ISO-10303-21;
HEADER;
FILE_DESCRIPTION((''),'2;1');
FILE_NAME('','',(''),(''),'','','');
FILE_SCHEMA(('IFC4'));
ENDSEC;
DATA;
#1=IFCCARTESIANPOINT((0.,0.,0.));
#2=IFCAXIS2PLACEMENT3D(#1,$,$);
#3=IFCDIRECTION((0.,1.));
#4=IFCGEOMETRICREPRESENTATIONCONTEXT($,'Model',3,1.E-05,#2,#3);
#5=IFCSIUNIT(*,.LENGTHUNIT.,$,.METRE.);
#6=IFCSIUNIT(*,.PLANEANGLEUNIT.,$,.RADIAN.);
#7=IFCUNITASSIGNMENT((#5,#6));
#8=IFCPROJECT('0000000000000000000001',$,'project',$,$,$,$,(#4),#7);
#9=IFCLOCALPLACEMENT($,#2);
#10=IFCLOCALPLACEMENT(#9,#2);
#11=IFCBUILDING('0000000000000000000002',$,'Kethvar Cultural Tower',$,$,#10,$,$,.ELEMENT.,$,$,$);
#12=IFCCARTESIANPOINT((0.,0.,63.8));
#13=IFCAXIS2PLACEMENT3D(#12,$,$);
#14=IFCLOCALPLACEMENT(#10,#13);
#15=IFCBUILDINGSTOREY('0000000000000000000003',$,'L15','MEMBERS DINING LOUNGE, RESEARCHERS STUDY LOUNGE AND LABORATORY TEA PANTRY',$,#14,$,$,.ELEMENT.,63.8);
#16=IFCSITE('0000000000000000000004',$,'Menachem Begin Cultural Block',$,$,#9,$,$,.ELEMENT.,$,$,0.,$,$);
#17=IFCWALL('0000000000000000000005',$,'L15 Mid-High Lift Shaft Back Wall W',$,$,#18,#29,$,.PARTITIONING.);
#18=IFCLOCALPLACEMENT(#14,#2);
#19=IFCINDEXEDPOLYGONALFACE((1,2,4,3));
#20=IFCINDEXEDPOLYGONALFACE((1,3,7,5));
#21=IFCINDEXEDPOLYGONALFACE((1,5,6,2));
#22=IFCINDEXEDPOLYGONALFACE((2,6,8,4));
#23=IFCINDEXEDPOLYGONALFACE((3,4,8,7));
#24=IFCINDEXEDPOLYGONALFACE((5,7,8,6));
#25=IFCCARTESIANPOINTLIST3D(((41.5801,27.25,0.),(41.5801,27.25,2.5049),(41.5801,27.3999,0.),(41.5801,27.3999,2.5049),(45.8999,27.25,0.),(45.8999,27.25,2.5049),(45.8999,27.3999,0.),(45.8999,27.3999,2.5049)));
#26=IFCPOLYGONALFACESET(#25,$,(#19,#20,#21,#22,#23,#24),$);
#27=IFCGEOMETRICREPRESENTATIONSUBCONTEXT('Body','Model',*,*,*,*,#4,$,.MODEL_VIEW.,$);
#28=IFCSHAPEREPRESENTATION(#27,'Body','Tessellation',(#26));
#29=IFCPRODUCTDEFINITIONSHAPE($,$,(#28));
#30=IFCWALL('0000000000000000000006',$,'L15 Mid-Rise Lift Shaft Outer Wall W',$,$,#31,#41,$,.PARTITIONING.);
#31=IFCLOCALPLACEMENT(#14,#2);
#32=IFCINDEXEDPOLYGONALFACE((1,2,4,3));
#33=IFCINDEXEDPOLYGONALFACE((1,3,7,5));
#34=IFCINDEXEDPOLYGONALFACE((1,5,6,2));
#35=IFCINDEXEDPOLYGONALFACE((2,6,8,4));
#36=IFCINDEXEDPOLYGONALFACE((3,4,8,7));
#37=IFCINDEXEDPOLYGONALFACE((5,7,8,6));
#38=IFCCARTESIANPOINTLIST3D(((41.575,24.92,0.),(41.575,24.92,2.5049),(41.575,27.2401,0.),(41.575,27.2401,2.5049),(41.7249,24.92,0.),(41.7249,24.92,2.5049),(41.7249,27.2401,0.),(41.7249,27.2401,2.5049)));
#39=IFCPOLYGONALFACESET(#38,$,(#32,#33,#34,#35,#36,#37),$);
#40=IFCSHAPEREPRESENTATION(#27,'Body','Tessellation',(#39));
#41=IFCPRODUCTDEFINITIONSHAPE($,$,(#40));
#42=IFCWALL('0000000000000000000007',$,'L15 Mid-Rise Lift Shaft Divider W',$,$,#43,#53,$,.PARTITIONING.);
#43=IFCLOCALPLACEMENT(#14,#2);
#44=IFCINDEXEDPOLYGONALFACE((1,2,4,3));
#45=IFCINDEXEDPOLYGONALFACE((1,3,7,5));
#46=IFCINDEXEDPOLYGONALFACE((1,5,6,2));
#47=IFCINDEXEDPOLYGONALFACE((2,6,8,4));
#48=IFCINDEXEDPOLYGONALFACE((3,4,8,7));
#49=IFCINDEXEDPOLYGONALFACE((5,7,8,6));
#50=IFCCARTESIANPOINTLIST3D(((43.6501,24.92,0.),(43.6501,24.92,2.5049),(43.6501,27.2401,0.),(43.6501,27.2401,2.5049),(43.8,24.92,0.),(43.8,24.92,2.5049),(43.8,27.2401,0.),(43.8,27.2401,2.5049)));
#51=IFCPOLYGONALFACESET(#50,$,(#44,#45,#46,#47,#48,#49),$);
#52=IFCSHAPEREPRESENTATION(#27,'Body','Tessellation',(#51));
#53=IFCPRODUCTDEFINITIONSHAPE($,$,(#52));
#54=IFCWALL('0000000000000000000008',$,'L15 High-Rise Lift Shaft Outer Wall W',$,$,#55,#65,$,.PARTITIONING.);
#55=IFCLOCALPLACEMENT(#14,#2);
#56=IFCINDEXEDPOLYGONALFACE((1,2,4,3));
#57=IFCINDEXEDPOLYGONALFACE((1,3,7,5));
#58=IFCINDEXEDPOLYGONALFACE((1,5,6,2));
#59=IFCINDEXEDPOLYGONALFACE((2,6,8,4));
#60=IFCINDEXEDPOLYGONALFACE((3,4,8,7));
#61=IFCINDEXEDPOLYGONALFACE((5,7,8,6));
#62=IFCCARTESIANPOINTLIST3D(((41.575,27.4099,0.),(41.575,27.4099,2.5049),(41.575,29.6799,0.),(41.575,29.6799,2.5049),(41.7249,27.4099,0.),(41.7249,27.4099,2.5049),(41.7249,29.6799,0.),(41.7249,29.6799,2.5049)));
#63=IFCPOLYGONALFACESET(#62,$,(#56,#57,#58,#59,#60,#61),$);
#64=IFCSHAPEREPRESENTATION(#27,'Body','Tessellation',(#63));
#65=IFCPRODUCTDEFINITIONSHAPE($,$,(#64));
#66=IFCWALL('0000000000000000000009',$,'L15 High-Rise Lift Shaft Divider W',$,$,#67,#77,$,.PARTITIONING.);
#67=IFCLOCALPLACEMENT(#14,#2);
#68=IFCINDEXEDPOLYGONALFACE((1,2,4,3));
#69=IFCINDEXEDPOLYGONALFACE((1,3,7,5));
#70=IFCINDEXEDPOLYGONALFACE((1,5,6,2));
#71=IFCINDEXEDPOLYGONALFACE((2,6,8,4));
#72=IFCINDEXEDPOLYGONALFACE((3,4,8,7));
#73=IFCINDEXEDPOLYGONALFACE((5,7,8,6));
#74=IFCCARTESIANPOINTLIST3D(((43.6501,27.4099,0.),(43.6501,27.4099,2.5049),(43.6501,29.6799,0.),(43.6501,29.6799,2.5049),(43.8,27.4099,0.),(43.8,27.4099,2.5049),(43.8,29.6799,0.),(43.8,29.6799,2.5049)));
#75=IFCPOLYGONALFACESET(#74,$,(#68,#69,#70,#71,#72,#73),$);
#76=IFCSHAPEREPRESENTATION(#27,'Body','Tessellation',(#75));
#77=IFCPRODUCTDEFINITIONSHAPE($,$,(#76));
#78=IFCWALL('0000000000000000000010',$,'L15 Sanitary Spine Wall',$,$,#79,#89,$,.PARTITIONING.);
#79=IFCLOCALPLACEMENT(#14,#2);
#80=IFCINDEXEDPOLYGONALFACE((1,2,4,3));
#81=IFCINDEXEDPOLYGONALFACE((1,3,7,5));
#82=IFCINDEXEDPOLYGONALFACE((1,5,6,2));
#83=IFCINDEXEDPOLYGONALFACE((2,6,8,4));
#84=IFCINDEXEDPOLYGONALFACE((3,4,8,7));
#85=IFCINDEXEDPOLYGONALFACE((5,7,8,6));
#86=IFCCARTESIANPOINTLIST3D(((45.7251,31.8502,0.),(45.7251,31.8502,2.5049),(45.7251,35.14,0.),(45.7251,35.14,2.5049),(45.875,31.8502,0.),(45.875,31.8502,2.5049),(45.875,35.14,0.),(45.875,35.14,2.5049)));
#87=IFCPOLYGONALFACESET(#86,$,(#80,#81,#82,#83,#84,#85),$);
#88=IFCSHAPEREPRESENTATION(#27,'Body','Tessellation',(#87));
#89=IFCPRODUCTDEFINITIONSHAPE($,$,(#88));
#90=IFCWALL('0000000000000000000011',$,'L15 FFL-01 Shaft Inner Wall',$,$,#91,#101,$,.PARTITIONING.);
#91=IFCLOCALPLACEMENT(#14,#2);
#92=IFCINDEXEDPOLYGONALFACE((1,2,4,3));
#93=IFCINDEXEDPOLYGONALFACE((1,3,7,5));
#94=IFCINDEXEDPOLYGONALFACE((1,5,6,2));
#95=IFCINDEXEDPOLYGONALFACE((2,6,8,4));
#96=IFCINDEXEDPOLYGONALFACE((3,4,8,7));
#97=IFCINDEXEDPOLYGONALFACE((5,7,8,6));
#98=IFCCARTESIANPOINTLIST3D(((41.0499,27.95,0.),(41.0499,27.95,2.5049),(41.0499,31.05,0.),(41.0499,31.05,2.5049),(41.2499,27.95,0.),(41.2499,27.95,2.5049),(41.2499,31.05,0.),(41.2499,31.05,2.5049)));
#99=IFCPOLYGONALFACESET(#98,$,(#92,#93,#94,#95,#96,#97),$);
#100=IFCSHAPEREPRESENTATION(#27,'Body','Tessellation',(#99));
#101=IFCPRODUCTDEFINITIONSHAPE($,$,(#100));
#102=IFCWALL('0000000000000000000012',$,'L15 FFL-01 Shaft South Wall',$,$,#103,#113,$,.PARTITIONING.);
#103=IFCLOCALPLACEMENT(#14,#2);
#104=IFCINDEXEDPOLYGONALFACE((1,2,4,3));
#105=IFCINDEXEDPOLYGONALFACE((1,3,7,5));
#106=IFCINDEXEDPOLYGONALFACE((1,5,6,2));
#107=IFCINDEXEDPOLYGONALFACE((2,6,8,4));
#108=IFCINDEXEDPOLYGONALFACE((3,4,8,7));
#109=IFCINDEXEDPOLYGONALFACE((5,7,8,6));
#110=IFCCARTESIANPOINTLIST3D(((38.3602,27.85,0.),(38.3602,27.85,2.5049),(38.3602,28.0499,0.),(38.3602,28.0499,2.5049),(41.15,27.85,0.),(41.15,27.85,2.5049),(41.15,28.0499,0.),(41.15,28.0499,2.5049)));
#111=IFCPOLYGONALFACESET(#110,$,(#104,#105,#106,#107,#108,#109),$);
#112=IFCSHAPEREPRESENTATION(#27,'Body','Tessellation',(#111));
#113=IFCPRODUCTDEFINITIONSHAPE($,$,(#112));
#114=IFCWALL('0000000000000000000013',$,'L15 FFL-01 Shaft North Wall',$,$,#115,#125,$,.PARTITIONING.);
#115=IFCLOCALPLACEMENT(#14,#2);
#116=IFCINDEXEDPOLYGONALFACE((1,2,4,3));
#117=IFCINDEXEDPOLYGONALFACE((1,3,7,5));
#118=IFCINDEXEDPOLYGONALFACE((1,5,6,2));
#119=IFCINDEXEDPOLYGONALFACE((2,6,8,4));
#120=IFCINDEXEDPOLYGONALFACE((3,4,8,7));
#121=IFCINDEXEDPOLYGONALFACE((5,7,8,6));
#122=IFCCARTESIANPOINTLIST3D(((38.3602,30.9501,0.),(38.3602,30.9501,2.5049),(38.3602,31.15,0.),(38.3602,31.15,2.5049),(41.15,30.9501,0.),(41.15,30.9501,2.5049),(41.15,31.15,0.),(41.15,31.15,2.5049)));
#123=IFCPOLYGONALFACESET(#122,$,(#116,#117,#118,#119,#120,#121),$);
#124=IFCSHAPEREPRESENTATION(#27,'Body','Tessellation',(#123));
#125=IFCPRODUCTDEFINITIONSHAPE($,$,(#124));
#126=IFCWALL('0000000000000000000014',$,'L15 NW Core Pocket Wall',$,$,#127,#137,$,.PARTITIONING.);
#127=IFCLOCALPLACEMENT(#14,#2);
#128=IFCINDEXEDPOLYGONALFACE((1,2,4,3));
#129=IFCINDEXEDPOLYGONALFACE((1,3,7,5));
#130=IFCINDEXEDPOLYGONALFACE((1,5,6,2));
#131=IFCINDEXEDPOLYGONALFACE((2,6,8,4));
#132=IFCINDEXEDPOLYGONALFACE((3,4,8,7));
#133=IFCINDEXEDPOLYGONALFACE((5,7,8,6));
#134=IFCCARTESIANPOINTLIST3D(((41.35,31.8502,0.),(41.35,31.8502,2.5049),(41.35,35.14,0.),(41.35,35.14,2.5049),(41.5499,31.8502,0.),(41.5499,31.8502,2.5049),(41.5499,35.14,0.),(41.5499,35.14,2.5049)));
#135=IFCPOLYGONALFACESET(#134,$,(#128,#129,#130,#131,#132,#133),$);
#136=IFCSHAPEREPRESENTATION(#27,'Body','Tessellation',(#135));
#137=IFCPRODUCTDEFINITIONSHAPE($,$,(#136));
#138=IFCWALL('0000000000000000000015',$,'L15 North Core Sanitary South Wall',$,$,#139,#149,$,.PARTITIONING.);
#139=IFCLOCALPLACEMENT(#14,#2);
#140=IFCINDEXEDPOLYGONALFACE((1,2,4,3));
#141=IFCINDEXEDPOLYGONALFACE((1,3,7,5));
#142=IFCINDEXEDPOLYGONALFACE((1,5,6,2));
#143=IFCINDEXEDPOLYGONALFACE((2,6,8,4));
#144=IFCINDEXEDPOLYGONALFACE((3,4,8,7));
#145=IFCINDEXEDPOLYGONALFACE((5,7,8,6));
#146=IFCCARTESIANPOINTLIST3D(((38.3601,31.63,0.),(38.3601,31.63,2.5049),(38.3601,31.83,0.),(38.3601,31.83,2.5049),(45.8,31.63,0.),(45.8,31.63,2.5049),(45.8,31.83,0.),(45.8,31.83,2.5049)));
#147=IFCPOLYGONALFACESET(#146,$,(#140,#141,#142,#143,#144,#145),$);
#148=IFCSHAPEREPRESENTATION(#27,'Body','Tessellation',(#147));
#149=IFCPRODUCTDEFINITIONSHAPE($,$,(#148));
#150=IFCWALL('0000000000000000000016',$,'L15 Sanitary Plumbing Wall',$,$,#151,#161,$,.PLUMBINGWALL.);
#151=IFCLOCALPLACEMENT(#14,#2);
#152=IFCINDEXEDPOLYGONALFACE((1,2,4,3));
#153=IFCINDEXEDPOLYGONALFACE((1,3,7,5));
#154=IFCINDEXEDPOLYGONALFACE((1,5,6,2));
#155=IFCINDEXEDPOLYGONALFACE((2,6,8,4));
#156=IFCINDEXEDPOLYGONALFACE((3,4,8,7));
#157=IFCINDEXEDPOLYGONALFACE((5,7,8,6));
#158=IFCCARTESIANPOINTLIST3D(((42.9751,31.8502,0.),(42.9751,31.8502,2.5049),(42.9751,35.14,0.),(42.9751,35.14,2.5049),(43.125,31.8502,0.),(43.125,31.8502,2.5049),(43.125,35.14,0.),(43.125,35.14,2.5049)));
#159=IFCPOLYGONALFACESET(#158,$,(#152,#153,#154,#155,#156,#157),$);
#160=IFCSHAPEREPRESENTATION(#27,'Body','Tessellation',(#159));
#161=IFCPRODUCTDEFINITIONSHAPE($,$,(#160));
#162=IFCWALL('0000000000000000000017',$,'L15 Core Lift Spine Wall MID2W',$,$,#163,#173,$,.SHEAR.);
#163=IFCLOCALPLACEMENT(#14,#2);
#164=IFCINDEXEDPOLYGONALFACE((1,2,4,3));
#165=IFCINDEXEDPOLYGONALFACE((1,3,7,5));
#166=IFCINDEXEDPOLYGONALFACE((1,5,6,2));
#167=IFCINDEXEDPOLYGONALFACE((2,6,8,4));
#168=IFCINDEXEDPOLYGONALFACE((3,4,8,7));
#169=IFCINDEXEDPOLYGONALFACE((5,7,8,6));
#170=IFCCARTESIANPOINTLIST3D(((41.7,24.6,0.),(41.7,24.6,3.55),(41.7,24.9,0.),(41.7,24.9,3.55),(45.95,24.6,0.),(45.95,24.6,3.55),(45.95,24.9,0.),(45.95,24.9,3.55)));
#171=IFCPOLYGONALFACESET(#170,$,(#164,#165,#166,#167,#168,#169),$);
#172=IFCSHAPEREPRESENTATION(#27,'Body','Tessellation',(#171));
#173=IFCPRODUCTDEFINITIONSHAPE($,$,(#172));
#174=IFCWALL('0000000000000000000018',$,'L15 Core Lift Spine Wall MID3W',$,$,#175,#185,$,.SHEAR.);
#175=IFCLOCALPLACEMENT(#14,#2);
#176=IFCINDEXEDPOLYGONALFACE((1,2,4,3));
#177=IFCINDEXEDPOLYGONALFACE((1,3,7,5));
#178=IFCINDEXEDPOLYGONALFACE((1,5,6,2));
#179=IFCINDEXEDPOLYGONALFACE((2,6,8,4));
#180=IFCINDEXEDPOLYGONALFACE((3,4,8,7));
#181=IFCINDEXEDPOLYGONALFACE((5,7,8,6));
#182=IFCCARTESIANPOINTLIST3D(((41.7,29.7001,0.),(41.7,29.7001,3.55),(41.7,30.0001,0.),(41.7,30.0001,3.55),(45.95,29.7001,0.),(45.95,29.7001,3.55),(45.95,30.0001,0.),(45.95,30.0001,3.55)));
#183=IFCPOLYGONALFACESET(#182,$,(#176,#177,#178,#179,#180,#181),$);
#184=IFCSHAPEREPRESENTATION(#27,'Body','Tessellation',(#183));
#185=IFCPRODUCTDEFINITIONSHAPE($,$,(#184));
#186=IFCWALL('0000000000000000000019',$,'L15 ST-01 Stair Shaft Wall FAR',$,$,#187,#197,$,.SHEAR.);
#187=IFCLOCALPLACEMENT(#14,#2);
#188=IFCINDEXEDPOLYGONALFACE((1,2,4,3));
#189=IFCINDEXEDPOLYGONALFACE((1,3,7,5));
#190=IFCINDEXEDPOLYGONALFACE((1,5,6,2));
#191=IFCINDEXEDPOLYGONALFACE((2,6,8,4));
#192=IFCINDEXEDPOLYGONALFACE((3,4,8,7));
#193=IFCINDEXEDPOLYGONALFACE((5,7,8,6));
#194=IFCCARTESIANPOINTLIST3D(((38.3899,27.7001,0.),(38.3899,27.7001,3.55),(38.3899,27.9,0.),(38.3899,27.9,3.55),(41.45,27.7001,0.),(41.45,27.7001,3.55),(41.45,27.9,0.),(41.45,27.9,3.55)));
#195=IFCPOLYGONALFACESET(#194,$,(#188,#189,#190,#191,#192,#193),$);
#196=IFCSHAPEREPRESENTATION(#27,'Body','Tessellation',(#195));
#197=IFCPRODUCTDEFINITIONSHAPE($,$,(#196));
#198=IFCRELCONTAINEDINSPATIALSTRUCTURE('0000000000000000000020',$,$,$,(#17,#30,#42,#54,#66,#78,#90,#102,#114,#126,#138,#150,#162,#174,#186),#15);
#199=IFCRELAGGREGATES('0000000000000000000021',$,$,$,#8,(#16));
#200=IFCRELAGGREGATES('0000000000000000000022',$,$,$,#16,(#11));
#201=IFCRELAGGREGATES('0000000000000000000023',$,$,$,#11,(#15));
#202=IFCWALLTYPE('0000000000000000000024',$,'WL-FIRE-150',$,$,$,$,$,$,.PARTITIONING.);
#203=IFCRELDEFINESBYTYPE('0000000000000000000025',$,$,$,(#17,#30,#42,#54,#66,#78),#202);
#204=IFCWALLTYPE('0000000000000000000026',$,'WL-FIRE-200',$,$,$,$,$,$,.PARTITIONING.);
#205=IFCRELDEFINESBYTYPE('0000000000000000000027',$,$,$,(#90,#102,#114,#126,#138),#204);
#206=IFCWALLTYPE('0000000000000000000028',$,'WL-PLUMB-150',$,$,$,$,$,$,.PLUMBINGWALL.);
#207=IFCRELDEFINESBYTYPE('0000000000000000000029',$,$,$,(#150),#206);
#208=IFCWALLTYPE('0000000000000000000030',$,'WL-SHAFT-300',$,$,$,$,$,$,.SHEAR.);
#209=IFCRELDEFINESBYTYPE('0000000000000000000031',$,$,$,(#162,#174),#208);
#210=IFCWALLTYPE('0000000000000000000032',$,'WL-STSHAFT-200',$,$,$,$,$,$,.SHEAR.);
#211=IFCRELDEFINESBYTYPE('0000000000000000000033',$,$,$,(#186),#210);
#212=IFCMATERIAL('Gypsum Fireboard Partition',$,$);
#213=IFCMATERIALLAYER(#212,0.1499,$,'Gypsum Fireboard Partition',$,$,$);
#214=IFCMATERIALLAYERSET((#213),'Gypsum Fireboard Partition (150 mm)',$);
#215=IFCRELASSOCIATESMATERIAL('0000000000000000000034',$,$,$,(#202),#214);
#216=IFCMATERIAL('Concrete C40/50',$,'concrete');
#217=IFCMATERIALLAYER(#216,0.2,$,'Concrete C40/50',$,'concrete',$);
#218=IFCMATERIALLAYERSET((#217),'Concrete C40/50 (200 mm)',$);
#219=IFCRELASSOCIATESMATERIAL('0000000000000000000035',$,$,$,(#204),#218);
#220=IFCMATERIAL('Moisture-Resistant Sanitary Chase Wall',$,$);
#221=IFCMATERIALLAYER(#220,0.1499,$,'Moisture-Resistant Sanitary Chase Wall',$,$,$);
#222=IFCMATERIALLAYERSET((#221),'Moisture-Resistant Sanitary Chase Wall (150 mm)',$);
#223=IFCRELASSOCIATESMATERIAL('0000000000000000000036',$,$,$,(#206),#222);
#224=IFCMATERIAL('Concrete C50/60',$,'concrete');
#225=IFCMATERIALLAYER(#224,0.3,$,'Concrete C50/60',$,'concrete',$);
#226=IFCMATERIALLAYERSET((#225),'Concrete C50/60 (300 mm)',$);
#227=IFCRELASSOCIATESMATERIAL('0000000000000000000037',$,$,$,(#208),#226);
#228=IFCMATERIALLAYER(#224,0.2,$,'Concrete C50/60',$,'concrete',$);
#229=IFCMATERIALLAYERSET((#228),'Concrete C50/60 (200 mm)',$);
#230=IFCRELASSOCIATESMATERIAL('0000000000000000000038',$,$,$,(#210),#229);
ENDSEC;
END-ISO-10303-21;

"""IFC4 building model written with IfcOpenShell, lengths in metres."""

from ifc_helpers import new_model, si_unit, direction, frame, frame_2d, origin, place, context, subcontext, project, spatial, rectangle, extrude, material, layer, layer_set, type_object, element, save


model = new_model("IFC4")

# Units and contexts
model_context = context("Model", 3, precision=1e-05, world=origin(), true_north=direction((0.0, 1.0)))
body_context = subcontext(model_context, "Body", "Model", "MODEL_VIEW")
ifc_project = project(units=[si_unit("LENGTHUNIT", "METRE"), si_unit("PLANEANGLEUNIT", "RADIAN")], contexts=[model_context])

# Site, building, storey
site_placement = place(None, origin())
site = spatial("IfcSite", under=ifc_project, at=site_placement, Name="Menachem Begin Cultural Block", CompositionType="ELEMENT", RefElevation=0.0)
building_placement = place(site_placement, origin())
building = spatial("IfcBuilding", under=site, at=building_placement, Name="Kethvar Cultural Tower", CompositionType="ELEMENT")
storey_placement = place(building_placement, frame((0.0, 0.0, 63.8)))
storey = spatial("IfcBuildingStorey", under=building, at=storey_placement, Name="L15", Description="MEMBERS DINING LOUNGE, RESEARCHERS STUDY LOUNGE AND LABORATORY TEA PANTRY", CompositionType="ELEMENT", Elevation=63.8)

# Walls
ifc_material_1 = material(Name="Gypsum Fireboard Partition")
ifc_layer_1 = layer(ifc_material_1, 0.1499, Name="Gypsum Fireboard Partition")
ifc_layer_set_1 = layer_set([ifc_layer_1], Name="Gypsum Fireboard Partition (150 mm)")
wall_type_1 = type_object("IfcWallType", Name="WL-FIRE-150", PredefinedType="PARTITIONING", material=ifc_layer_set_1)
wall_1_placement = place(storey_placement, frame((41.5801, 27.325, 0.0), z_axis=(0.0, 0.0, 1.0), x_axis=(1.0, 0.0, 0.0)))
element("IfcWall", 1, at=wall_1_placement, inside=storey, type_object=wall_type_1, Name="L15 Mid-High Lift Shaft Back Wall W", PredefinedType="PARTITIONING", context=body_context, shape_type="SweptSolid", body=[
    extrude(rectangle(XDim=4.3198, YDim=0.1499, at=frame_2d((2.1599, 0.0))), origin(), (0.0, 0.0, 1.0), 2.5049),
])
for number, where, z_axis, x_axis, name in (
    (2, (41.6499, 24.9199, 0.0), (0.0, 0.0, 1.0), (0.0, 1.0, 0.0), "L15 Mid-Rise Lift Shaft Outer Wall W"),
    (3, (43.7251, 24.9199, 0.0), (0.0, 0.0, 1.0), (0.0, 1.0, 0.0), "L15 Mid-Rise Lift Shaft Divider W"),
):
    element("IfcWall", number, at=place(storey_placement, frame(where, z_axis=z_axis, x_axis=x_axis)), inside=storey, type_object=wall_type_1, Name=name, PredefinedType="PARTITIONING", context=body_context, shape_type="SweptSolid", body=[
        extrude(rectangle(XDim=2.3201, YDim=0.1499, at=frame_2d((1.1602, 0.0))), origin(), (0.0, 0.0, 1.0), 2.5049),
    ])
for number, where, z_axis, x_axis, name in (
    (4, (41.6499, 27.4099, 0.0), (0.0, 0.0, 1.0), (0.0, 1.0, 0.0), "L15 High-Rise Lift Shaft Outer Wall W"),
    (5, (43.7251, 27.4099, 0.0), (0.0, 0.0, 1.0), (0.0, 1.0, 0.0), "L15 High-Rise Lift Shaft Divider W"),
):
    element("IfcWall", number, at=place(storey_placement, frame(where, z_axis=z_axis, x_axis=x_axis)), inside=storey, type_object=wall_type_1, Name=name, PredefinedType="PARTITIONING", context=body_context, shape_type="SweptSolid", body=[
        extrude(rectangle(XDim=2.27, YDim=0.1499, at=frame_2d((1.135, 0.0))), origin(), (0.0, 0.0, 1.0), 2.5049),
    ])
wall_2_placement = place(storey_placement, frame((45.8, 31.8501, 0.0), z_axis=(0.0, 0.0, 1.0), x_axis=(0.0, 1.0, 0.0)))
element("IfcWall", 6, at=wall_2_placement, inside=storey, type_object=wall_type_1, Name="L15 Sanitary Spine Wall", PredefinedType="PARTITIONING", context=body_context, shape_type="SweptSolid", body=[
    extrude(rectangle(XDim=3.2898, YDim=0.1499, at=frame_2d((1.645, 0.0))), origin(), (0.0, 0.0, 1.0), 2.5049),
])
ifc_material_2 = material(Name="Concrete C40/50", Category="concrete")
ifc_layer_2 = layer(ifc_material_2, 0.2, Name="Concrete C40/50", Category="concrete")
ifc_layer_set_2 = layer_set([ifc_layer_2], Name="Concrete C40/50 (200 mm)")
wall_type_2 = type_object("IfcWallType", Name="WL-FIRE-200", PredefinedType="PARTITIONING", material=ifc_layer_set_2)
wall_3_placement = place(storey_placement, frame((41.1499, 27.95, 0.0), z_axis=(0.0, 0.0, 1.0), x_axis=(0.0, 1.0, 0.0)))
element("IfcWall", 7, at=wall_3_placement, inside=storey, type_object=wall_type_2, Name="L15 FFL-01 Shaft Inner Wall", PredefinedType="PARTITIONING", context=body_context, shape_type="SweptSolid", body=[
    extrude(rectangle(XDim=3.1001, YDim=0.2, at=frame_2d((1.55, 0.0))), origin(), (0.0, 0.0, 1.0), 2.5049),
])
for number, where, z_axis, x_axis, name in (
    (8, (38.3601, 27.95, 0.0), (0.0, 0.0, 1.0), (1.0, 0.0, 0.0), "L15 FFL-01 Shaft South Wall"),
    (9, (38.3601, 31.05, 0.0), (0.0, 0.0, 1.0), (1.0, 0.0, 0.0), "L15 FFL-01 Shaft North Wall"),
):
    element("IfcWall", number, at=place(storey_placement, frame(where, z_axis=z_axis, x_axis=x_axis)), inside=storey, type_object=wall_type_2, Name=name, PredefinedType="PARTITIONING", context=body_context, shape_type="SweptSolid", body=[
        extrude(rectangle(XDim=2.7898, YDim=0.2, at=frame_2d((1.395, 0.0))), origin(), (0.0, 0.0, 1.0), 2.5049),
    ])
wall_4_placement = place(storey_placement, frame((41.45, 31.8501, 0.0), z_axis=(0.0, 0.0, 1.0), x_axis=(0.0, 1.0, 0.0)))
element("IfcWall", 10, at=wall_4_placement, inside=storey, type_object=wall_type_2, Name="L15 NW Core Pocket Wall", PredefinedType="PARTITIONING", context=body_context, shape_type="SweptSolid", body=[
    extrude(rectangle(XDim=3.2898, YDim=0.2, at=frame_2d((1.645, 0.0))), origin(), (0.0, 0.0, 1.0), 2.5049),
])
wall_5_placement = place(storey_placement, frame((38.3601, 31.73, 0.0), z_axis=(0.0, 0.0, 1.0), x_axis=(1.0, 0.0, 0.0)))
element("IfcWall", 11, at=wall_5_placement, inside=storey, type_object=wall_type_2, Name="L15 North Core Sanitary South Wall", PredefinedType="PARTITIONING", context=body_context, shape_type="SweptSolid", body=[
    extrude(rectangle(XDim=7.4399, YDim=0.2, at=frame_2d((3.72, 0.0))), origin(), (0.0, 0.0, 1.0), 2.5049),
])
ifc_material_3 = material(Name="Moisture-Resistant Sanitary Chase Wall")
ifc_layer_3 = layer(ifc_material_3, 0.1499, Name="Moisture-Resistant Sanitary Chase Wall")
ifc_layer_set_3 = layer_set([ifc_layer_3], Name="Moisture-Resistant Sanitary Chase Wall (150 mm)")
wall_type_3 = type_object("IfcWallType", Name="WL-PLUMB-150", PredefinedType="PLUMBINGWALL", material=ifc_layer_set_3)
wall_6_placement = place(storey_placement, frame((43.05, 31.8501, 0.0), z_axis=(0.0, 0.0, 1.0), x_axis=(0.0, 1.0, 0.0)))
element("IfcWall", 12, at=wall_6_placement, inside=storey, type_object=wall_type_3, Name="L15 Sanitary Plumbing Wall", PredefinedType="PLUMBINGWALL", context=body_context, shape_type="SweptSolid", body=[
    extrude(rectangle(XDim=3.2898, YDim=0.1499, at=frame_2d((1.645, 0.0))), origin(), (0.0, 0.0, 1.0), 2.5049),
])
ifc_material_4 = material(Name="Concrete C50/60", Category="concrete")
ifc_layer_4 = layer(ifc_material_4, 0.3, Name="Concrete C50/60", Category="concrete")
ifc_layer_set_4 = layer_set([ifc_layer_4], Name="Concrete C50/60 (300 mm)")
wall_type_4 = type_object("IfcWallType", Name="WL-SHAFT-300", PredefinedType="SHEAR", material=ifc_layer_set_4)
for number, where, z_axis, x_axis, name in (
    (13, (41.7, 24.75, 0.0), (0.0, 0.0, 1.0), (1.0, 0.0, 0.0), "L15 Core Lift Spine Wall MID2W"),
    (14, (41.7, 29.8501, 0.0), (0.0, 0.0, 1.0), (1.0, 0.0, 0.0), "L15 Core Lift Spine Wall MID3W"),
):
    element("IfcWall", number, at=place(storey_placement, frame(where, z_axis=z_axis, x_axis=x_axis)), inside=storey, type_object=wall_type_4, Name=name, PredefinedType="SHEAR", context=body_context, shape_type="SweptSolid", body=[
        extrude(rectangle(XDim=4.25, YDim=0.3, at=frame_2d((2.125, 0.0))), origin(), (0.0, 0.0, 1.0), 3.55),
    ])
ifc_layer_5 = layer(ifc_material_4, 0.2, Name="Concrete C50/60", Category="concrete")
ifc_layer_set_5 = layer_set([ifc_layer_5], Name="Concrete C50/60 (200 mm)")
wall_type_5 = type_object("IfcWallType", Name="WL-STSHAFT-200", PredefinedType="SHEAR", material=ifc_layer_set_5)
wall_7_placement = place(storey_placement, frame((38.3899, 27.8, 0.0), z_axis=(0.0, 0.0, 1.0), x_axis=(1.0, 0.0, 0.0)))
element("IfcWall", 15, at=wall_7_placement, inside=storey, type_object=wall_type_5, Name="L15 ST-01 Stair Shaft Wall FAR", PredefinedType="SHEAR", context=body_context, shape_type="SweptSolid", body=[
    extrude(rectangle(XDim=3.0601, YDim=0.2, at=frame_2d((1.53, 0.0))), origin(), (0.0, 0.0, 1.0), 3.55),
])

save(model, "model.ifc")
